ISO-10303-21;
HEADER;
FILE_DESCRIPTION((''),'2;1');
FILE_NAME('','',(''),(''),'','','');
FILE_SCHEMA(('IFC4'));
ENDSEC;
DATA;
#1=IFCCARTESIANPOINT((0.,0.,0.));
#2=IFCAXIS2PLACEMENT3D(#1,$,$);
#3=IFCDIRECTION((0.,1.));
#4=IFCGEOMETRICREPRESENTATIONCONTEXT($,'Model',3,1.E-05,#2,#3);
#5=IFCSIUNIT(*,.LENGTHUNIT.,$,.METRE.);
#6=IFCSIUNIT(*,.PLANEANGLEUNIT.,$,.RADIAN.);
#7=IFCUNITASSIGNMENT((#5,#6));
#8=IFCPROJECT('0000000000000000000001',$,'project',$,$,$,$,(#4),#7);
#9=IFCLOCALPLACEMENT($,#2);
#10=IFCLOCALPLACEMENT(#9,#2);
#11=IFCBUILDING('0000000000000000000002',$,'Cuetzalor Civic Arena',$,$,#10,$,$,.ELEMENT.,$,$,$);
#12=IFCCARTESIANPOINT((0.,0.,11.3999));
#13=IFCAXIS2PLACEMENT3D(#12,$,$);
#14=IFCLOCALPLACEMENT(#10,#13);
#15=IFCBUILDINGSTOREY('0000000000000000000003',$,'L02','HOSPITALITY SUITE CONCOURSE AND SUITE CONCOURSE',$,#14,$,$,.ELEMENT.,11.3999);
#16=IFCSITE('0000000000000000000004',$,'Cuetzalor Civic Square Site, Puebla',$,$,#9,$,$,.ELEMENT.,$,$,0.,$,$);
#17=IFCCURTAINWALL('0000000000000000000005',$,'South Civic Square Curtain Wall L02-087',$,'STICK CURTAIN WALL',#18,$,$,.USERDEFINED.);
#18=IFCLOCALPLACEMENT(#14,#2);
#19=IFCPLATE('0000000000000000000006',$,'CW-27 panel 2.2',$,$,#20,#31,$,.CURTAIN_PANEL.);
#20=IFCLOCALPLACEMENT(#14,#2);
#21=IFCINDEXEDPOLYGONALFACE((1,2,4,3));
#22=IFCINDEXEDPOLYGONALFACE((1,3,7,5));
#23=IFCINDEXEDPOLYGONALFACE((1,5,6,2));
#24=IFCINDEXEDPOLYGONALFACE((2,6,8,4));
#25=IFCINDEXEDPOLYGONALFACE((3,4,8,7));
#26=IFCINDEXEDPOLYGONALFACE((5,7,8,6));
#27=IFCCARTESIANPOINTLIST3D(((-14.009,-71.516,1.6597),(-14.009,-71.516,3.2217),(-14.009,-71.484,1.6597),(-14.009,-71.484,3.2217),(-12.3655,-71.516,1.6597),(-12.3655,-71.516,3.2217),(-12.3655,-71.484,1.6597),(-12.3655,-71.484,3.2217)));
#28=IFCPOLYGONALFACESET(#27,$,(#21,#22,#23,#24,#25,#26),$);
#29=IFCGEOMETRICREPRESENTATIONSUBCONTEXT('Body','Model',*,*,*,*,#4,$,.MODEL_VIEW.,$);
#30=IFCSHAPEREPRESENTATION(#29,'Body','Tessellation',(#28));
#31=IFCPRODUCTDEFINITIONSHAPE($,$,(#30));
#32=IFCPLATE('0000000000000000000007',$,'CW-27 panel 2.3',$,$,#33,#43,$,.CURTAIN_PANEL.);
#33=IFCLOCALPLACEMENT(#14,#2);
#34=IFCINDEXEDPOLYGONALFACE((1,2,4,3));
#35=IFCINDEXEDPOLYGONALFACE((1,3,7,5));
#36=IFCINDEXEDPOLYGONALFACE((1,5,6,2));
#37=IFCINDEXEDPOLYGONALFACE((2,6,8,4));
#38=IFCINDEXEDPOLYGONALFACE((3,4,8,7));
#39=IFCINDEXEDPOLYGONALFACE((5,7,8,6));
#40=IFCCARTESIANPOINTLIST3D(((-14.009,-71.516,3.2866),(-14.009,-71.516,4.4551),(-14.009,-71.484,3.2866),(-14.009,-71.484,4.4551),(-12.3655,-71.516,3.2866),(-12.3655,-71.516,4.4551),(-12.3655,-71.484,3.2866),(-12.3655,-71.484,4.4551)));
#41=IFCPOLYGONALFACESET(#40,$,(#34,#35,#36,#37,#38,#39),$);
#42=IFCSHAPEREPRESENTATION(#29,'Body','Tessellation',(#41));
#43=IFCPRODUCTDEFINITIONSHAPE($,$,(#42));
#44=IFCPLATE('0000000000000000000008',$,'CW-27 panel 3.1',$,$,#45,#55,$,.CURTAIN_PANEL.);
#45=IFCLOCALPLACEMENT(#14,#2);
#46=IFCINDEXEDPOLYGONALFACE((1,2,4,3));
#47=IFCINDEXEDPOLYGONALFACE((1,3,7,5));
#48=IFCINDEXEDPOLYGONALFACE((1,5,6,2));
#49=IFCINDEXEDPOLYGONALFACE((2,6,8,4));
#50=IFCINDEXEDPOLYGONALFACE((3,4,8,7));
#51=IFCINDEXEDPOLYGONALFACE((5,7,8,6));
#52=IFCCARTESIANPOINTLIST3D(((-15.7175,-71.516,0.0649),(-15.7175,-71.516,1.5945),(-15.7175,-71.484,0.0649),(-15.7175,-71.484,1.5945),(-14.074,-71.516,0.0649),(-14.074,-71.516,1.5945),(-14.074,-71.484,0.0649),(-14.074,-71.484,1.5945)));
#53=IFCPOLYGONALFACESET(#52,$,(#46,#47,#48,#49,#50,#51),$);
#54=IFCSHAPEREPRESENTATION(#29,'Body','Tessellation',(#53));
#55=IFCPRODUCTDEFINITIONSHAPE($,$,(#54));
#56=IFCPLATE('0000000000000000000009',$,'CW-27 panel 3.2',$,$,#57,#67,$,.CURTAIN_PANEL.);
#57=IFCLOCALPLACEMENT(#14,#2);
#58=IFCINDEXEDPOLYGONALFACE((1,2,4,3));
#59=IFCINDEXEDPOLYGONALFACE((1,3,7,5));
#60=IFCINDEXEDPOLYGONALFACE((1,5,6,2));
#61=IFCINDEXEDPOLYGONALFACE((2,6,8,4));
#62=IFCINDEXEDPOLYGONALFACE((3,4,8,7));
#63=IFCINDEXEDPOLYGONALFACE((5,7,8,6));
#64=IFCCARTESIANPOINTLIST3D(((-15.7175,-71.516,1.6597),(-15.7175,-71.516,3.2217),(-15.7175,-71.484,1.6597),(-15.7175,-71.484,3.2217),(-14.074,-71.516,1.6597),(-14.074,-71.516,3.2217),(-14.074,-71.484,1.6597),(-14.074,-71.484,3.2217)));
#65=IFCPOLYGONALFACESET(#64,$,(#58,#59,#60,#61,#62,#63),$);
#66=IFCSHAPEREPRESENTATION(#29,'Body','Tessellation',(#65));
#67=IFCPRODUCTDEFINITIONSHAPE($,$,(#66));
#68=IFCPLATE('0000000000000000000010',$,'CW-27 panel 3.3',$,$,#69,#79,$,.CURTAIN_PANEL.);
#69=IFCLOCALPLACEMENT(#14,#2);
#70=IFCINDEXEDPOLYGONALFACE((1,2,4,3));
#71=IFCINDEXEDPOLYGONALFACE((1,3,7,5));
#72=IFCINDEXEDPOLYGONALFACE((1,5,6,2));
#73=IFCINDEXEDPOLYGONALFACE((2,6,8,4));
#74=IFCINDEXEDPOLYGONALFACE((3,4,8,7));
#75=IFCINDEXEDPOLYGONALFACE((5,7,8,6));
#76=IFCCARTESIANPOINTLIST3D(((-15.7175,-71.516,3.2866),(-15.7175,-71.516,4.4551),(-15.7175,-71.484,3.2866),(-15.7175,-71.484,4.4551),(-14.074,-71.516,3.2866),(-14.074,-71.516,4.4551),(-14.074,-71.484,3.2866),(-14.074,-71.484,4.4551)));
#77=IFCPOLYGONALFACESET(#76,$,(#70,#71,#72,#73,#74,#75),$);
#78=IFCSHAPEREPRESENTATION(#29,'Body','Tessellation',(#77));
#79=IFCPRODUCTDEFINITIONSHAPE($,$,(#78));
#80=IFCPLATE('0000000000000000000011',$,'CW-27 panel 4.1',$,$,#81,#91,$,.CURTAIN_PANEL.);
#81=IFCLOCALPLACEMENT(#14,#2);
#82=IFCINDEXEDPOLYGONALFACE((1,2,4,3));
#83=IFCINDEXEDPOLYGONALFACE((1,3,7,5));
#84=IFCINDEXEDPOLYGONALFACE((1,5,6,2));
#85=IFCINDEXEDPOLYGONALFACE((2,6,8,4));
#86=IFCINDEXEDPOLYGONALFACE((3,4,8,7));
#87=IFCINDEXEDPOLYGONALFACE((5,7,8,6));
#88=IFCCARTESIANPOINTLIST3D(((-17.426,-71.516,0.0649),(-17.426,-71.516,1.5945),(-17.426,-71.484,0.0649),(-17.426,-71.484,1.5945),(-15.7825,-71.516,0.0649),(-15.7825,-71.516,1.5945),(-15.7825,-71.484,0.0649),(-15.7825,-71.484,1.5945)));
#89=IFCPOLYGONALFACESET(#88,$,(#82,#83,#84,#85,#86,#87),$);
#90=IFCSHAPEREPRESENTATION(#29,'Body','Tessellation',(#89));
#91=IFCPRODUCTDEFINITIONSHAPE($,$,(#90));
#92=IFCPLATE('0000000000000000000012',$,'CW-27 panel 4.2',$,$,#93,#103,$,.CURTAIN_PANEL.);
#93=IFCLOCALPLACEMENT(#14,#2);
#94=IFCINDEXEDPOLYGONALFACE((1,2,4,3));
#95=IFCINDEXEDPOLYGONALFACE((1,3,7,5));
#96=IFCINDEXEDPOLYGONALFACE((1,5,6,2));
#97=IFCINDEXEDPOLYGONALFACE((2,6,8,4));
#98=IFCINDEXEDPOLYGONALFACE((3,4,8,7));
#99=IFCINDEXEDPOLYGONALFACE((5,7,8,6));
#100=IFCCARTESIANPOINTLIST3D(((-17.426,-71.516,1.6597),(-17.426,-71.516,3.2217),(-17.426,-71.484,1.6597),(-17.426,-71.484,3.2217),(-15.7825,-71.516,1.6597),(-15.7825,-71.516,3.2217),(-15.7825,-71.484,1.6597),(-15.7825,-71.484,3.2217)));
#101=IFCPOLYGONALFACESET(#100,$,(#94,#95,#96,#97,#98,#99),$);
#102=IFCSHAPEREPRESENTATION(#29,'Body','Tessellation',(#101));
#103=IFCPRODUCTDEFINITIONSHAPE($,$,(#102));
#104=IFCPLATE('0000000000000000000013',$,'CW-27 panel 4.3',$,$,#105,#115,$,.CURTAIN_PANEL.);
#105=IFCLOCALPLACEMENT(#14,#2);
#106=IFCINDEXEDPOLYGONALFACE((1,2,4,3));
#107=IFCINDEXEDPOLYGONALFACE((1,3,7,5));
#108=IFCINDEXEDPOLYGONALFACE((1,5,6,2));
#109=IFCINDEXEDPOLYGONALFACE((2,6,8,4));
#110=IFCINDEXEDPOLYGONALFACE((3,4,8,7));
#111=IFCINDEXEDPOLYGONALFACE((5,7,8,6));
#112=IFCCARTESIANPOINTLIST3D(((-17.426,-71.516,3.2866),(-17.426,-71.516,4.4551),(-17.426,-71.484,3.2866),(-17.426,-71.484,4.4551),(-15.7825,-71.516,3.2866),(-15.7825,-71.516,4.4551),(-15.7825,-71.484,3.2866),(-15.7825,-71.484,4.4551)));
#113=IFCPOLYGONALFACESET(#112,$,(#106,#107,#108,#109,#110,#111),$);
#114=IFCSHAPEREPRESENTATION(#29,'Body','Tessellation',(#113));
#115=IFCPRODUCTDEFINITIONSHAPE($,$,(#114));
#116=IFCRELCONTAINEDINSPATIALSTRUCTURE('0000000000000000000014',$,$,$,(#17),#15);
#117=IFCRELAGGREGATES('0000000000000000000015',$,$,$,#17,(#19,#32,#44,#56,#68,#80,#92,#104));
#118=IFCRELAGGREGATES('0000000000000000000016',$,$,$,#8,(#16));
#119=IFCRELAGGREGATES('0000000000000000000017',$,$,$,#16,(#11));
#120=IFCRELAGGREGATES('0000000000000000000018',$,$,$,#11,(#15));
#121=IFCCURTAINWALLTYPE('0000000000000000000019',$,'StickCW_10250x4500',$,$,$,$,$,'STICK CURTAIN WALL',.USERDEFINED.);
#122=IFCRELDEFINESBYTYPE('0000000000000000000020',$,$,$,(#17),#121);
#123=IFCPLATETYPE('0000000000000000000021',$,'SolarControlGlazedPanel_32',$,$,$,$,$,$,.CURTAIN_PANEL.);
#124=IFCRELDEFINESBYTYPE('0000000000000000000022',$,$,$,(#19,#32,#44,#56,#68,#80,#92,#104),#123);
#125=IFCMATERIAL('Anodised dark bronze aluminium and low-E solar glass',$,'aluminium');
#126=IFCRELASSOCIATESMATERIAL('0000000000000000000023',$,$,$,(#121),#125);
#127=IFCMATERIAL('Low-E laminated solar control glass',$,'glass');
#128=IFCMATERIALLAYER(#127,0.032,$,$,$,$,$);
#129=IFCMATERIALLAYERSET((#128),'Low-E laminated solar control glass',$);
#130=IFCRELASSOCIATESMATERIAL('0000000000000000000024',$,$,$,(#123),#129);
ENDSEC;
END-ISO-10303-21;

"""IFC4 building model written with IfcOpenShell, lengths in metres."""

from ifc_helpers import new_model, si_unit, direction, frame, origin, origin_2d, place, context, subcontext, project, spatial, rectangle, extrude, material, layer, layer_set, type_object, element, aggregate, save


model = new_model("IFC4")

# Units and contexts
model_context = context("Model", 3, precision=1e-05, world=origin(), true_north=direction((0.0, 1.0)))
body_context = subcontext(model_context, "Body", "Model", "MODEL_VIEW")
ifc_project = project(units=[si_unit("LENGTHUNIT", "METRE"), si_unit("PLANEANGLEUNIT", "RADIAN")], contexts=[model_context])

# Site, building, storey
site_placement = place(None, origin())
site = spatial("IfcSite", under=ifc_project, at=site_placement, Name="Cuetzalor Civic Square Site, Puebla", CompositionType="ELEMENT", RefElevation=0.0)
building_placement = place(site_placement, origin())
building = spatial("IfcBuilding", under=site, at=building_placement, Name="Cuetzalor Civic Arena", CompositionType="ELEMENT")
storey_placement = place(building_placement, frame((0.0, 0.0, 11.3999)))
storey = spatial("IfcBuildingStorey", under=building, at=storey_placement, Name="L02", Description="HOSPITALITY SUITE CONCOURSE AND SUITE CONCOURSE", CompositionType="ELEMENT", Elevation=11.3999)

# Curtain wall, plates
ifc_material_1 = material(Name="Anodised dark bronze aluminium and low-E solar glass", Category="aluminium")
curtain_wall_type = type_object("IfcCurtainWallType", Name="StickCW_10250x4500", ElementType="STICK CURTAIN WALL", PredefinedType="USERDEFINED", material=ifc_material_1)
curtain_wall_placement = place(storey_placement, origin())
curtain_wall = element("IfcCurtainWall", 1, at=curtain_wall_placement, inside=storey, type_object=curtain_wall_type, Name="South Civic Square Curtain Wall L02-087", ObjectType="STICK CURTAIN WALL", PredefinedType="USERDEFINED")
ifc_material_2 = material(Name="Low-E laminated solar control glass", Category="glass")
ifc_layer = layer(ifc_material_2, 0.032)
ifc_layer_set = layer_set([ifc_layer], Name="Low-E laminated solar control glass")
plate_type = type_object("IfcPlateType", Name="SolarControlGlazedPanel_32", PredefinedType="CURTAIN_PANEL", material=ifc_layer_set)
plate_1_placement = place(storey_placement, frame((-13.1873, -71.5, 1.6597), z_axis=(0.0, 0.0, 1.0), x_axis=(-1.0, 0.0, 0.0)))
plate_1 = element("IfcPlate", 2, at=plate_1_placement, type_object=plate_type, Name="CW-27 panel 2.2", PredefinedType="CURTAIN_PANEL", context=body_context, shape_type="SweptSolid", body=[
    extrude(rectangle(XDim=1.6436, YDim=0.032, at=origin_2d()), origin(), (0.0, 0.0, 1.0), 1.562),
])
plate_2_placement = place(storey_placement, frame((-13.1873, -71.5, 3.2866), z_axis=(0.0, 0.0, 1.0), x_axis=(-1.0, 0.0, 0.0)))
plate_2 = element("IfcPlate", 3, at=plate_2_placement, type_object=plate_type, Name="CW-27 panel 2.3", PredefinedType="CURTAIN_PANEL", context=body_context, shape_type="SweptSolid", body=[
    extrude(rectangle(XDim=1.6436, YDim=0.032, at=origin_2d()), origin(), (0.0, 0.0, 1.0), 1.1685),
])
plate_3_placement = place(storey_placement, frame((-14.8958, -71.5, 0.0649), z_axis=(0.0, 0.0, 1.0), x_axis=(-1.0, 0.0, 0.0)))
plate_3 = element("IfcPlate", 4, at=plate_3_placement, type_object=plate_type, Name="CW-27 panel 3.1", PredefinedType="CURTAIN_PANEL", context=body_context, shape_type="SweptSolid", body=[
    extrude(rectangle(XDim=1.6436, YDim=0.032, at=origin_2d()), origin(), (0.0, 0.0, 1.0), 1.5295),
])
plate_4_placement = place(storey_placement, frame((-14.8958, -71.5, 1.6597), z_axis=(0.0, 0.0, 1.0), x_axis=(-1.0, 0.0, 0.0)))
plate_4 = element("IfcPlate", 5, at=plate_4_placement, type_object=plate_type, Name="CW-27 panel 3.2", PredefinedType="CURTAIN_PANEL", context=body_context, shape_type="SweptSolid", body=[
    extrude(rectangle(XDim=1.6436, YDim=0.032, at=origin_2d()), origin(), (0.0, 0.0, 1.0), 1.562),
])
plate_5_placement = place(storey_placement, frame((-14.8958, -71.5, 3.2866), z_axis=(0.0, 0.0, 1.0), x_axis=(-1.0, 0.0, 0.0)))
plate_5 = element("IfcPlate", 6, at=plate_5_placement, type_object=plate_type, Name="CW-27 panel 3.3", PredefinedType="CURTAIN_PANEL", context=body_context, shape_type="SweptSolid", body=[
    extrude(rectangle(XDim=1.6436, YDim=0.032, at=origin_2d()), origin(), (0.0, 0.0, 1.0), 1.1685),
])
plate_6_placement = place(storey_placement, frame((-16.6042, -71.5, 0.0649), z_axis=(0.0, 0.0, 1.0), x_axis=(-1.0, 0.0, 0.0)))
plate_6 = element("IfcPlate", 7, at=plate_6_placement, type_object=plate_type, Name="CW-27 panel 4.1", PredefinedType="CURTAIN_PANEL", context=body_context, shape_type="SweptSolid", body=[
    extrude(rectangle(XDim=1.6436, YDim=0.032, at=origin_2d()), origin(), (0.0, 0.0, 1.0), 1.5295),
])
plate_7_placement = place(storey_placement, frame((-16.6042, -71.5, 1.6597), z_axis=(0.0, 0.0, 1.0), x_axis=(-1.0, 0.0, 0.0)))
plate_7 = element("IfcPlate", 8, at=plate_7_placement, type_object=plate_type, Name="CW-27 panel 4.2", PredefinedType="CURTAIN_PANEL", context=body_context, shape_type="SweptSolid", body=[
    extrude(rectangle(XDim=1.6436, YDim=0.032, at=origin_2d()), origin(), (0.0, 0.0, 1.0), 1.562),
])
plate_8_placement = place(storey_placement, frame((-16.6042, -71.5, 3.2866), z_axis=(0.0, 0.0, 1.0), x_axis=(-1.0, 0.0, 0.0)))
plate_8 = element("IfcPlate", 9, at=plate_8_placement, type_object=plate_type, Name="CW-27 panel 4.3", PredefinedType="CURTAIN_PANEL", context=body_context, shape_type="SweptSolid", body=[
    extrude(rectangle(XDim=1.6436, YDim=0.032, at=origin_2d()), origin(), (0.0, 0.0, 1.0), 1.1685),
])
aggregate(curtain_wall, [plate_1, plate_2, plate_3, plate_4, plate_5, plate_6, plate_7, plate_8])

save(model, "model.ifc")
